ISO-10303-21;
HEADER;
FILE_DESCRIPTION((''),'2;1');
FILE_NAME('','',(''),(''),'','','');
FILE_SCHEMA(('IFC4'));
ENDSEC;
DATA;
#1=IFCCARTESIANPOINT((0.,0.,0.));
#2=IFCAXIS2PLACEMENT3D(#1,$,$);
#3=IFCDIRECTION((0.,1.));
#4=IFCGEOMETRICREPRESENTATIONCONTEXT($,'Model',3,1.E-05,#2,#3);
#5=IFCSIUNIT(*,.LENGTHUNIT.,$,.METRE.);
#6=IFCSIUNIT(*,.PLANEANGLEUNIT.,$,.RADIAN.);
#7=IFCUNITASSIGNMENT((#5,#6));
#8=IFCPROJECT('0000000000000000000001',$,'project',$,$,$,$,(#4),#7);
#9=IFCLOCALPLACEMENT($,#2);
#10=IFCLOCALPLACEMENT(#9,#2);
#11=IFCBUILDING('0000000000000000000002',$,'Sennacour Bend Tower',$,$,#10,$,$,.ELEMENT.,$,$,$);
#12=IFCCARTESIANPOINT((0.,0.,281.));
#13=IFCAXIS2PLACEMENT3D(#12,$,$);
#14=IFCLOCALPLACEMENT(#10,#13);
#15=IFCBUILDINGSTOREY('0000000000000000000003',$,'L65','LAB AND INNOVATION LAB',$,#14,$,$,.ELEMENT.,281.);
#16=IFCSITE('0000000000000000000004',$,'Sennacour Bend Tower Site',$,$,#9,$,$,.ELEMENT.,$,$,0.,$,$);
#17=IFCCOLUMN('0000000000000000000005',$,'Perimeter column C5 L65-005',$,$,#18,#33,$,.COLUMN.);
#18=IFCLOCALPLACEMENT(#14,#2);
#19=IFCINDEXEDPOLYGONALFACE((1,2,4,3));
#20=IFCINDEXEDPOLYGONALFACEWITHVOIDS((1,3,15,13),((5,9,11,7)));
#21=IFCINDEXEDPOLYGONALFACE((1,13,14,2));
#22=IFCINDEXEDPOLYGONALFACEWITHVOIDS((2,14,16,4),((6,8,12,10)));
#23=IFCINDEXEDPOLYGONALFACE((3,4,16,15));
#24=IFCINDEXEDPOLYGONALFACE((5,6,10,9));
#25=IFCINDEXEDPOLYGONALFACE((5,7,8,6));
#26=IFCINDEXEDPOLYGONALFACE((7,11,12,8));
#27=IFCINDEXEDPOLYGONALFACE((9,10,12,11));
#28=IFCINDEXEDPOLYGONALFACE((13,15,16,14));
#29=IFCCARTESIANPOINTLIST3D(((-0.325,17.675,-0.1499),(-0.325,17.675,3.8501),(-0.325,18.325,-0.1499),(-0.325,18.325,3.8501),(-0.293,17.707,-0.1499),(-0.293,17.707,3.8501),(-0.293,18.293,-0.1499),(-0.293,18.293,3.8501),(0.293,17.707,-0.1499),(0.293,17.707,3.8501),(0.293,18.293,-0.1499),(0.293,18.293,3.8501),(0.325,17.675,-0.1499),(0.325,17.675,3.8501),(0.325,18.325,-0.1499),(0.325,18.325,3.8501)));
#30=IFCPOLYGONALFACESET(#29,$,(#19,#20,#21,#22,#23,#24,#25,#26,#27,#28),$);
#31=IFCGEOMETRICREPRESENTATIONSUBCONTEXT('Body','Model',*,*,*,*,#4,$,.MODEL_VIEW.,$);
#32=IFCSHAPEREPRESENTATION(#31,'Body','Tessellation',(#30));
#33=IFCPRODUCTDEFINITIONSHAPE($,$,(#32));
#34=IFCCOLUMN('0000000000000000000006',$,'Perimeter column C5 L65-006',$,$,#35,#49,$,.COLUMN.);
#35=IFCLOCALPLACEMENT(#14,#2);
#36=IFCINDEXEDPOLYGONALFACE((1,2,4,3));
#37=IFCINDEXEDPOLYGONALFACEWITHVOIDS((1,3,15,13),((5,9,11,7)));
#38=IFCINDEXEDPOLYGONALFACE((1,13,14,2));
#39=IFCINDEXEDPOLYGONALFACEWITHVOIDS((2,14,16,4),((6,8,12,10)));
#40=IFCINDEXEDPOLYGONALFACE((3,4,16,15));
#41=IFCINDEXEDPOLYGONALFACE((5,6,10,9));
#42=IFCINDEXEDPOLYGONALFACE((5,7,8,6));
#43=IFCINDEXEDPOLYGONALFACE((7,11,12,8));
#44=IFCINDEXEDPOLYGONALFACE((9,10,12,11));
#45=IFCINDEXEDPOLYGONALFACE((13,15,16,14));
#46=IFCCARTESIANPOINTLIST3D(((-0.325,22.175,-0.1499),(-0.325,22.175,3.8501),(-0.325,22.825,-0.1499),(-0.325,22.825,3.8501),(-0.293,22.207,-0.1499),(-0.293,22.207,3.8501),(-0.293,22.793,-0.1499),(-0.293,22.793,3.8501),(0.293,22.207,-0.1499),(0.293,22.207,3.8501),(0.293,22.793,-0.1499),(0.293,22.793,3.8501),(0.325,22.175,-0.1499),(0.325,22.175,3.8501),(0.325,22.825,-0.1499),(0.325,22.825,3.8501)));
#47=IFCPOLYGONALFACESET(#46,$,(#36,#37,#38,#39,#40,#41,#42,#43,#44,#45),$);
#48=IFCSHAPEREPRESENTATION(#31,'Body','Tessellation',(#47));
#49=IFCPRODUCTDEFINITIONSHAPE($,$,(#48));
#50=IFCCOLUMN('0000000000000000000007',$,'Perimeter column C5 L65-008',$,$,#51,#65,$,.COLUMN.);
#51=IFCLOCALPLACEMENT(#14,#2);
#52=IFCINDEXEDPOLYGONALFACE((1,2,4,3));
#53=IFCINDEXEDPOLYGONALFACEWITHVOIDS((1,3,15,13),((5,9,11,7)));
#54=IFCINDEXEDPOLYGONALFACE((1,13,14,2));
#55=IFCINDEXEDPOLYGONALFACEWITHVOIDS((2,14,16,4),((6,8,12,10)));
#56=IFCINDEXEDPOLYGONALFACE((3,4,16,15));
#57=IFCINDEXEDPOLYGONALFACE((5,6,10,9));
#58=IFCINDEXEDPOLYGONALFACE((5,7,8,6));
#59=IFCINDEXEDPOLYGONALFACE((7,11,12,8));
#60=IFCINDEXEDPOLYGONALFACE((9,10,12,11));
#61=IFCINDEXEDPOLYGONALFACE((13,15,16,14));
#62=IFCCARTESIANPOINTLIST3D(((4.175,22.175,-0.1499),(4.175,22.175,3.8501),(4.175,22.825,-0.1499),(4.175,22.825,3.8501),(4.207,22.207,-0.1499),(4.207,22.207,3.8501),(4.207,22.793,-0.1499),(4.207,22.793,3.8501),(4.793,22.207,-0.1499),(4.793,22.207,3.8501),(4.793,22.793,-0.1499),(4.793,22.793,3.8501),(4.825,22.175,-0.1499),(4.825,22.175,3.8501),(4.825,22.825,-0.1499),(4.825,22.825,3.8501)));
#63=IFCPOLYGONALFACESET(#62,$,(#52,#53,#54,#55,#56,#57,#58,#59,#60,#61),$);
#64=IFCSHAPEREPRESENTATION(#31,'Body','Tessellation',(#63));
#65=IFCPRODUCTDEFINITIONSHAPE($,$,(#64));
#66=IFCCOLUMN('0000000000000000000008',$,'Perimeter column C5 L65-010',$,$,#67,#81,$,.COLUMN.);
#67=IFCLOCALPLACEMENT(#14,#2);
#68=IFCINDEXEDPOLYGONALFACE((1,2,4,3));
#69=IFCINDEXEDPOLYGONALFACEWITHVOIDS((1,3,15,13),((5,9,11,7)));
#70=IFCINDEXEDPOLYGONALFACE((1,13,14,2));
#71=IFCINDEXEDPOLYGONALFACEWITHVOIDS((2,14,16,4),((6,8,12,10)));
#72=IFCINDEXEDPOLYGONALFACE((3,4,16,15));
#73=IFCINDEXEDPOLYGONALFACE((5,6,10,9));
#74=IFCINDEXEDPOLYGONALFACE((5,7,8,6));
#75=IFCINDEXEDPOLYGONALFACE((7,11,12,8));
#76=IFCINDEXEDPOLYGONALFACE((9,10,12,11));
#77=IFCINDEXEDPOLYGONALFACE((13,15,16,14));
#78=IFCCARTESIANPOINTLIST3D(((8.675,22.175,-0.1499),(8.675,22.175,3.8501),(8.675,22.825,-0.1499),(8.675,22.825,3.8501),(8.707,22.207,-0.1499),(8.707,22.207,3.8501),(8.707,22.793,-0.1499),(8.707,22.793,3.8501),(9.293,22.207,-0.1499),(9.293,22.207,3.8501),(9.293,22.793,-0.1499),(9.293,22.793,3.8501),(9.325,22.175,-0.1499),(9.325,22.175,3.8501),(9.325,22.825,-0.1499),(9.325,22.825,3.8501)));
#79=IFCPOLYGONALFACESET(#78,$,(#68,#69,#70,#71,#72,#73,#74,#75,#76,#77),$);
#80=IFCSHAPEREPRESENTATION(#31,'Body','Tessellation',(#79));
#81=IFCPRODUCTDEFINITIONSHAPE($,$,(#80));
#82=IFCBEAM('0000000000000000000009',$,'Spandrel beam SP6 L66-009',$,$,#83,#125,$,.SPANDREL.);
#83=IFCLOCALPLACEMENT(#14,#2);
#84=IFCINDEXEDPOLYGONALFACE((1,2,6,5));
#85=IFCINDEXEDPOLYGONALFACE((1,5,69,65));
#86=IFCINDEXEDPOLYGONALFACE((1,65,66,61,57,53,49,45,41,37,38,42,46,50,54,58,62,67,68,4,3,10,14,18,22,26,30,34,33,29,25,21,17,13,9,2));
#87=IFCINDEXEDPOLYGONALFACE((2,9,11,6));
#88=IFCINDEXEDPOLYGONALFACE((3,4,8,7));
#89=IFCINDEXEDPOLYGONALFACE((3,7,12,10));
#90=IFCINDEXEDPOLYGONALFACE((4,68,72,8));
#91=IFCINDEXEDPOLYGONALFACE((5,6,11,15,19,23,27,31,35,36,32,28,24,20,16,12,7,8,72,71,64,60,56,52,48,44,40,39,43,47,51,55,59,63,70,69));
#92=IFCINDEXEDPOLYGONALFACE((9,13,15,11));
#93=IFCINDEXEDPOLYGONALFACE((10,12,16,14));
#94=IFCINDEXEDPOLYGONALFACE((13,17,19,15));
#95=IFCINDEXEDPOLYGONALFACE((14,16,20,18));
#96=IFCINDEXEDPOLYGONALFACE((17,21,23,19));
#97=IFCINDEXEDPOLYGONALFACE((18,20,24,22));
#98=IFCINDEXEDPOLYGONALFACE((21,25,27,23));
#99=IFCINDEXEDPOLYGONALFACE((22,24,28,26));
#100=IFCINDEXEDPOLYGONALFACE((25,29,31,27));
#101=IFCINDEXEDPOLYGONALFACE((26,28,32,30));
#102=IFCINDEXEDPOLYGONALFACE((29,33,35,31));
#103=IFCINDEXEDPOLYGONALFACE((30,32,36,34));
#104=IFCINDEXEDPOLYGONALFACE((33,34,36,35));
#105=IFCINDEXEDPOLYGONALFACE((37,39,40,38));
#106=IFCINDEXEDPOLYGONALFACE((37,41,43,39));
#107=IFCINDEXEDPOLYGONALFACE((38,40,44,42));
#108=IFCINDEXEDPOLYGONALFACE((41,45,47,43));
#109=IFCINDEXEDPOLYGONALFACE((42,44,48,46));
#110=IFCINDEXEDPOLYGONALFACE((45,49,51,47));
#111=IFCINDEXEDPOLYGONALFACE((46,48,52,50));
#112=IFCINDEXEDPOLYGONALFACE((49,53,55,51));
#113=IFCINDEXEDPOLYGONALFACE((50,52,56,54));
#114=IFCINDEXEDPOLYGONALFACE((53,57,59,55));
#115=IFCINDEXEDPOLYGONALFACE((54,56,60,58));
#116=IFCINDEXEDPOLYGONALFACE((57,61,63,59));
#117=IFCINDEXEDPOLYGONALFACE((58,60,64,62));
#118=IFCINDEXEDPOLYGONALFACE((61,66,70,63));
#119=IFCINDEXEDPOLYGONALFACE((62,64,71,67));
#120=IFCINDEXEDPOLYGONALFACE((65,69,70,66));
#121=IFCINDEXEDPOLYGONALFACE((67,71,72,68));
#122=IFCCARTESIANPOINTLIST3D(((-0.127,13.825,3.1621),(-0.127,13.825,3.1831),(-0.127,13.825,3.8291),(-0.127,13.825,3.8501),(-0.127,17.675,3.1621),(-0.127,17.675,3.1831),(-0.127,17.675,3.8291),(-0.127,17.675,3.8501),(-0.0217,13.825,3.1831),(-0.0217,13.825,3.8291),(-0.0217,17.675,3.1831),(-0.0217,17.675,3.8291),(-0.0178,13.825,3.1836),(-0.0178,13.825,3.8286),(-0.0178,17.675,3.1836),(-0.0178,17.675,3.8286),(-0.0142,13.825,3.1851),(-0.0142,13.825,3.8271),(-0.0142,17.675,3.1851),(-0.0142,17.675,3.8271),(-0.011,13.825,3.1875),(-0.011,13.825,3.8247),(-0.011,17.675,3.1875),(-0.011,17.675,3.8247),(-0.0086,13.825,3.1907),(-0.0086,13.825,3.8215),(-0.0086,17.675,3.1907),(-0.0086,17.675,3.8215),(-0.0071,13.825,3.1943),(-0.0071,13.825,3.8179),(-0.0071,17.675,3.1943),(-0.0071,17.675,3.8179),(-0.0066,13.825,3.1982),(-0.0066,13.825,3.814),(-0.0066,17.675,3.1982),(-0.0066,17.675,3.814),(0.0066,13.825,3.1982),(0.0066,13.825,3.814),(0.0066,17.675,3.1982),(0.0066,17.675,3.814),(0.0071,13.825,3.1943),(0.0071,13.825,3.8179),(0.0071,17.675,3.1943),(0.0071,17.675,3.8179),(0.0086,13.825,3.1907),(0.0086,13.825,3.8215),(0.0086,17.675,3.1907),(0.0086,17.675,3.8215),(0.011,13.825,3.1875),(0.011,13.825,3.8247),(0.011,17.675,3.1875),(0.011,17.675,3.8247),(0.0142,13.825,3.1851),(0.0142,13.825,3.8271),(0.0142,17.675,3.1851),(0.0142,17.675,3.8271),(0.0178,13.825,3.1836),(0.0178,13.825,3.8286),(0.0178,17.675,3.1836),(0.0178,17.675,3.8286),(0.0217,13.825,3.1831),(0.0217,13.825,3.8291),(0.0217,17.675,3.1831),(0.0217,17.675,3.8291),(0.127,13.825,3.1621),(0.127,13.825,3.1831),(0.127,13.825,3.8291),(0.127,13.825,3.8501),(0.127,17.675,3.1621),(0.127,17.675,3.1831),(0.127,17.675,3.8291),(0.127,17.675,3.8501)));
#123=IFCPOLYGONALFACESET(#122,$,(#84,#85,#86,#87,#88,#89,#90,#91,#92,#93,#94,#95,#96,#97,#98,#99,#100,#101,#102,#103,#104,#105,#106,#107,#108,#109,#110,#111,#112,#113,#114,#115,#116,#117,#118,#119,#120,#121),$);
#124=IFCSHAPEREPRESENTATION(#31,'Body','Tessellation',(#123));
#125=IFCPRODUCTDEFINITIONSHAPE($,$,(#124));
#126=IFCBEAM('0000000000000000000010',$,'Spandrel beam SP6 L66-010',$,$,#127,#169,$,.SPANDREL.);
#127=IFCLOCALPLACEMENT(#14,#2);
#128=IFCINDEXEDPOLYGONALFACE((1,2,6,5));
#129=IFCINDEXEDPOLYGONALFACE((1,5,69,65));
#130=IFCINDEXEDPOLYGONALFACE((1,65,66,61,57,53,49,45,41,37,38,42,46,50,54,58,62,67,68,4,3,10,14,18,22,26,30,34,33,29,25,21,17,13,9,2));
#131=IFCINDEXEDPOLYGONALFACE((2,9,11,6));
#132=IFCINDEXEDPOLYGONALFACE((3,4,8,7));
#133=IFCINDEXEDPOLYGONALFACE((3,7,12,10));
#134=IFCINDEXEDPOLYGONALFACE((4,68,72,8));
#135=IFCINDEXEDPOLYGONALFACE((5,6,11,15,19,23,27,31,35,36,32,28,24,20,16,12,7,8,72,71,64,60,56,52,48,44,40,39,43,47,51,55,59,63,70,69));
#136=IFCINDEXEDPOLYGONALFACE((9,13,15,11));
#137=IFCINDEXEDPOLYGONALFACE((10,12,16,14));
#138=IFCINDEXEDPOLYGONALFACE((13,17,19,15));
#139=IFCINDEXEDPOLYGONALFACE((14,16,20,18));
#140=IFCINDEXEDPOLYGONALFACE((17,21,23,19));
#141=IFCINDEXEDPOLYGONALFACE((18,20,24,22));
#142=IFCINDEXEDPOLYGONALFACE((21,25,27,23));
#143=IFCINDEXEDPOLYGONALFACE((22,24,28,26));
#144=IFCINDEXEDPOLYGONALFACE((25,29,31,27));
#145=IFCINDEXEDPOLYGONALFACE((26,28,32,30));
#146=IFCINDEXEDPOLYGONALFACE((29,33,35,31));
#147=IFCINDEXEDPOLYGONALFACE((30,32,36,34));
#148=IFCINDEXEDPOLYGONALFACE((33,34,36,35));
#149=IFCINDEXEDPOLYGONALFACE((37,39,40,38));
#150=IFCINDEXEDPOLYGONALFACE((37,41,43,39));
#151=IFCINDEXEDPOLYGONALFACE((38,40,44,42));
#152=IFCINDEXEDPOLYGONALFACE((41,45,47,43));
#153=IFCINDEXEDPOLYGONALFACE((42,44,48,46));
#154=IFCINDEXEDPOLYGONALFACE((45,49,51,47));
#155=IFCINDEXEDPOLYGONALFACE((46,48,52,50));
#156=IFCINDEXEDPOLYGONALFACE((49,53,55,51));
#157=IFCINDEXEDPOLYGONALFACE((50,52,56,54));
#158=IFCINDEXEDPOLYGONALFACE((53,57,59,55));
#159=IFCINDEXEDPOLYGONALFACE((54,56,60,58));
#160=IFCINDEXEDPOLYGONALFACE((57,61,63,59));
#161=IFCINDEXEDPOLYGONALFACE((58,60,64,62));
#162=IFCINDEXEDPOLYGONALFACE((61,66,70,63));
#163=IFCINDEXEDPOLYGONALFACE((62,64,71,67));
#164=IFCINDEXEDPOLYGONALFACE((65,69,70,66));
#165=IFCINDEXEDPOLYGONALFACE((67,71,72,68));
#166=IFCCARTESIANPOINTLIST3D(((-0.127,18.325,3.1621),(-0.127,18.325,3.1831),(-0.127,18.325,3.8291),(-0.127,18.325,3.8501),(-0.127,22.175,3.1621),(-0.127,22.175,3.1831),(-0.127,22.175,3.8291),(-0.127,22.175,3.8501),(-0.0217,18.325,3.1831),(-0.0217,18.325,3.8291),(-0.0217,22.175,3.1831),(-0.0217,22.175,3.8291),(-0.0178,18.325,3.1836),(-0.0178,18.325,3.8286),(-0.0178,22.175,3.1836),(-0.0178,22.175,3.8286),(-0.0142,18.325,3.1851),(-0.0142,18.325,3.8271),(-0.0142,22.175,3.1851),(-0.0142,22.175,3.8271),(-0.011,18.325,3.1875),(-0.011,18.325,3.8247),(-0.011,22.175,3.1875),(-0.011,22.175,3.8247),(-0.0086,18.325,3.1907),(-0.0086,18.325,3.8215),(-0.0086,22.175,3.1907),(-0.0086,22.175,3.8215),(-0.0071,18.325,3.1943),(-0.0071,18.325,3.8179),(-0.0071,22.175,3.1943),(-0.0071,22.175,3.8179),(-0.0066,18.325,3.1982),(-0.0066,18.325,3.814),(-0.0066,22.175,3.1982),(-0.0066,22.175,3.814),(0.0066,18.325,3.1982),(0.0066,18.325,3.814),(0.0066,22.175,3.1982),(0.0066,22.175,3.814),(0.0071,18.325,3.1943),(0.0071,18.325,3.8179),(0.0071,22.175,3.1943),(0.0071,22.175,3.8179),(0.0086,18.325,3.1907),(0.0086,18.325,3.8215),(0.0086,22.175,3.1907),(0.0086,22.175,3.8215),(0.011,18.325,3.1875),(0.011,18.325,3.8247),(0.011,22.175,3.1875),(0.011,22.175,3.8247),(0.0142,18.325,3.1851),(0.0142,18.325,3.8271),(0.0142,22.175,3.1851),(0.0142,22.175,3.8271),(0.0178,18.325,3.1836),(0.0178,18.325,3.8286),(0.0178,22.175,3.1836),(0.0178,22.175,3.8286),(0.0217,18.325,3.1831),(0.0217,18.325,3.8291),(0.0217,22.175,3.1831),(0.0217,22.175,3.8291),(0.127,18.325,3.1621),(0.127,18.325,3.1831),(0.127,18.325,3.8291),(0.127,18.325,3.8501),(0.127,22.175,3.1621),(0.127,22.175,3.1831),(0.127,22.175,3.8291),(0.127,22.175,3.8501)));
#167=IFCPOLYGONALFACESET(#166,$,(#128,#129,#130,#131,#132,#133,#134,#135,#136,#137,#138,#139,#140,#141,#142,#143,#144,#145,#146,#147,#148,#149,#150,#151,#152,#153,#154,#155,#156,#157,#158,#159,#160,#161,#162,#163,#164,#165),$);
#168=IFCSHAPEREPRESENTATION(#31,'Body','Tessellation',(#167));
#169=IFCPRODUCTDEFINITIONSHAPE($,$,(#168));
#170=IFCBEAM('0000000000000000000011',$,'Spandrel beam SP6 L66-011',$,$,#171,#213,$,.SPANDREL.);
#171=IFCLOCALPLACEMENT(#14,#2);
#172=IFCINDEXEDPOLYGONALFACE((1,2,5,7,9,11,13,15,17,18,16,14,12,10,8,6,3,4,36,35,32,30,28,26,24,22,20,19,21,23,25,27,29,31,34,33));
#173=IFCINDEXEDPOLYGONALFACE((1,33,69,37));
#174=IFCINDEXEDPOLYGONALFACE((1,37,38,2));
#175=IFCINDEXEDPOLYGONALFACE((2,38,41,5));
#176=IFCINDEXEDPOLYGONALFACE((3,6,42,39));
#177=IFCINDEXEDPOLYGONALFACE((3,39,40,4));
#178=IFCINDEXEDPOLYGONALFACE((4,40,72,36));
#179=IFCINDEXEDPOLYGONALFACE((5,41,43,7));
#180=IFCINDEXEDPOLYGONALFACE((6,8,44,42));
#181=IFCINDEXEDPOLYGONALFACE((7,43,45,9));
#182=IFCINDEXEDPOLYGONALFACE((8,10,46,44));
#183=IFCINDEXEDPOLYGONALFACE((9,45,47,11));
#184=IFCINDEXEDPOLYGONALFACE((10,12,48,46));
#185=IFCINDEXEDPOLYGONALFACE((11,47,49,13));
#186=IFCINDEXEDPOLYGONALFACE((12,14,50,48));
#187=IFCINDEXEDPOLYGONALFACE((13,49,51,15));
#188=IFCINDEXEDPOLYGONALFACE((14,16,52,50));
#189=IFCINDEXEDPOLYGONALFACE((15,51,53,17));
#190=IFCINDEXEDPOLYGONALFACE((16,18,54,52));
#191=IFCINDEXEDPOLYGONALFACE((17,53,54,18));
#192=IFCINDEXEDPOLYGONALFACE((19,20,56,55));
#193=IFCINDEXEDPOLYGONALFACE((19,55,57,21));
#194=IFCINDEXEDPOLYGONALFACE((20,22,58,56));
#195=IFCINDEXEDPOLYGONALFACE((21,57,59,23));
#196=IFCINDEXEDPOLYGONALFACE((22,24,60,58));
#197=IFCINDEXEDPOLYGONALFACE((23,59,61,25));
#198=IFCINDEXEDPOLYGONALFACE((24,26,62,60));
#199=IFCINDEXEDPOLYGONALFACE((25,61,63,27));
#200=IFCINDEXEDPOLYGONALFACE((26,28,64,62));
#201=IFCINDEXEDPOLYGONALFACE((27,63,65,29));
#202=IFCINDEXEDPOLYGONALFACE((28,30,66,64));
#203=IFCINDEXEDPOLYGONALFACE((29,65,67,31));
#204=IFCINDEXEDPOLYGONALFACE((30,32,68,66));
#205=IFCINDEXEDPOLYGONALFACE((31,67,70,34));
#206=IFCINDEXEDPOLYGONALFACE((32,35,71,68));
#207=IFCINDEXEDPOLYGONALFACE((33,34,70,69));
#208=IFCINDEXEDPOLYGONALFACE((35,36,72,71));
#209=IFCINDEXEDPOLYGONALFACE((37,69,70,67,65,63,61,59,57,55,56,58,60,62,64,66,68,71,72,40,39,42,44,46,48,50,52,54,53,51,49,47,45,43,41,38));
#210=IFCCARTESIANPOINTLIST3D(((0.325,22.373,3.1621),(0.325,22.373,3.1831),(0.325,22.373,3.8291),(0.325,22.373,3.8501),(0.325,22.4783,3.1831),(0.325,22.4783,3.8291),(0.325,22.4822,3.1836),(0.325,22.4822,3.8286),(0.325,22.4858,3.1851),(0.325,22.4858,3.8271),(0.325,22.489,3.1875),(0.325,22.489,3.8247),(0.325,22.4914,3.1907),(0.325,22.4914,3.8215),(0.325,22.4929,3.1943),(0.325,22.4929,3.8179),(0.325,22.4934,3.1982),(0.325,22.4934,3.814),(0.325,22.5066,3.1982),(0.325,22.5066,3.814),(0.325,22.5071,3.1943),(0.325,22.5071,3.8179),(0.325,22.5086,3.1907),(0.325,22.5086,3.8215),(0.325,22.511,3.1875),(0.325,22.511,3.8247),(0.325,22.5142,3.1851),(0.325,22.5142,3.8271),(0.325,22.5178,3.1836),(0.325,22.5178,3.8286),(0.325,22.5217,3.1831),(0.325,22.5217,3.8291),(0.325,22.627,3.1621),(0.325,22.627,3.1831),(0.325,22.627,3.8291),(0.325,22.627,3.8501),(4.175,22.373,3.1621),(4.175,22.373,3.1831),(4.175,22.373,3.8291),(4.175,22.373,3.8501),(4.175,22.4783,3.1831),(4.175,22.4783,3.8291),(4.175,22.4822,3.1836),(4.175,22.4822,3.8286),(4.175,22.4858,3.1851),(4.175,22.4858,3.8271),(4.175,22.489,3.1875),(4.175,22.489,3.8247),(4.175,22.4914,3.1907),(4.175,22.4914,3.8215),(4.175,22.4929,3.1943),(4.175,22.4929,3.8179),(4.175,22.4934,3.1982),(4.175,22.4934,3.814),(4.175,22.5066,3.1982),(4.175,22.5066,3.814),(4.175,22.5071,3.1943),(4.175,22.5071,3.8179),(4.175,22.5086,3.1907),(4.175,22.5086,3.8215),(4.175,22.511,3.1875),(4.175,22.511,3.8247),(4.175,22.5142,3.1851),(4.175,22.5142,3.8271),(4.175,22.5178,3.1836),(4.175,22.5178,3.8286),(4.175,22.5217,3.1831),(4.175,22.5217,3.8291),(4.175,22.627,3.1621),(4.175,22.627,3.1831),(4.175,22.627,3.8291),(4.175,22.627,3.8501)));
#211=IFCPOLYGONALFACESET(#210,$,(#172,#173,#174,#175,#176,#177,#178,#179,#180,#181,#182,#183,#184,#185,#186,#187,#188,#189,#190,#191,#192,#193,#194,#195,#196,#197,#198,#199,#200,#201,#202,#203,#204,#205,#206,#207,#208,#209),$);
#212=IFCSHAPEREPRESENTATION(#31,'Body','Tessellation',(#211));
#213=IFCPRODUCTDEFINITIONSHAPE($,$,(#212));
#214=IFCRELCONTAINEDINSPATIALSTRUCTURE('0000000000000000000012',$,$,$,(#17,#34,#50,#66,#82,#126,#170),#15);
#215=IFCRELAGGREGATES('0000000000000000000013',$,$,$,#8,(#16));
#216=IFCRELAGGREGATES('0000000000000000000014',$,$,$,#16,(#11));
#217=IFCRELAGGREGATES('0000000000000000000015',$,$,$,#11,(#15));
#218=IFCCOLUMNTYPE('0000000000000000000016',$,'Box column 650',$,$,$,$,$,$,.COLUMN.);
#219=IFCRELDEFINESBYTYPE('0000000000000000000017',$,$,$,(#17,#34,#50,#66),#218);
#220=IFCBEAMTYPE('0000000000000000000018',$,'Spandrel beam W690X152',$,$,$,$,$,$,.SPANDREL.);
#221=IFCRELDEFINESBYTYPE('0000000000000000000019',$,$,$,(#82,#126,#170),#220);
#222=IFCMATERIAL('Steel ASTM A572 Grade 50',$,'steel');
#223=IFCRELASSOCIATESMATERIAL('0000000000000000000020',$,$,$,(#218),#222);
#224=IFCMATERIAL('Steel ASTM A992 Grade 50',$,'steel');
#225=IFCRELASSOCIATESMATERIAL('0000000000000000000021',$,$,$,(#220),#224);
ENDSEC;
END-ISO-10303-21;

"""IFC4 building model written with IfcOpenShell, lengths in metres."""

from ifc_helpers import new_model, si_unit, direction, frame, origin, origin_2d, place, context, subcontext, project, spatial, hollow_rectangle, i_section, extrude, material, material_profile, profile_set, type_object, element, save


model = new_model("IFC4")

# Units and contexts
model_context = context("Model", 3, precision=1e-05, world=origin(), true_north=direction((0.0, 1.0)))
body_context = subcontext(model_context, "Body", "Model", "MODEL_VIEW")
ifc_project = project(units=[si_unit("LENGTHUNIT", "METRE"), si_unit("PLANEANGLEUNIT", "RADIAN")], contexts=[model_context])

# Site, building, storey
site_placement = place(None, origin())
site = spatial("IfcSite", under=ifc_project, at=site_placement, Name="Sennacour Bend Tower Site", CompositionType="ELEMENT", RefElevation=0.0)
building_placement = place(site_placement, origin())
building = spatial("IfcBuilding", under=site, at=building_placement, Name="Sennacour Bend Tower", CompositionType="ELEMENT")
storey_placement = place(building_placement, frame((0.0, 0.0, 281.0)))
storey = spatial("IfcBuildingStorey", under=building, at=storey_placement, Name="L65", Description="LAB AND INNOVATION LAB", CompositionType="ELEMENT", Elevation=281.0)

# Columns
ifc_material_1 = material(Name="Steel ASTM A572 Grade 50", Category="steel")
ifc_material_profile_1 = material_profile(ifc_material_1, hollow_rectangle(XDim=0.6499, YDim=0.6499, WallThickness=0.032, at=origin_2d()), Name="Steel ASTM A572 Grade 50", Category="steel")
ifc_profile_set_1 = profile_set([ifc_material_profile_1], Name="Steel ASTM A572 Grade 50")
column_type = type_object("IfcColumnType", Name="Box column 650", PredefinedType="COLUMN", material=ifc_profile_set_1)
for number, where, z_axis, x_axis, name in (
    (1, (0.0, 18.0, -0.1499), (0.0, 0.0, 1.0), (1.0, 0.0, 0.0), "Perimeter column C5 L65-005"),
    (2, (0.0, 22.5, -0.1499), (0.0, 0.0, 1.0), (1.0, 0.0, 0.0), "Perimeter column C5 L65-006"),
    (3, (4.5, 22.5, -0.1499), (0.0, 0.0, 1.0), (1.0, 0.0, 0.0), "Perimeter column C5 L65-008"),
    (4, (9.0, 22.5, -0.1499), (0.0, 0.0, 1.0), (1.0, 0.0, 0.0), "Perimeter column C5 L65-010"),
):
    element("IfcColumn", number, at=place(storey_placement, frame(where, z_axis=z_axis, x_axis=x_axis)), inside=storey, type_object=column_type, Name=name, PredefinedType="COLUMN", context=body_context, shape_type="SweptSolid", body=[
        extrude(hollow_rectangle(XDim=0.6499, YDim=0.6499, WallThickness=0.032, at=origin_2d()), origin(), (0.0, 0.0, 1.0), 4.0),
    ])

# Beams
ifc_material_2 = material(Name="Steel ASTM A992 Grade 50", Category="steel")
ifc_material_profile_2 = material_profile(ifc_material_2, i_section(OverallWidth=0.2539, OverallDepth=0.688, WebThickness=0.0132, FlangeThickness=0.021, FilletRadius=0.0151, at=origin_2d()), Name="Steel ASTM A992 Grade 50", Category="steel")
ifc_profile_set_2 = profile_set([ifc_material_profile_2], Name="Steel ASTM A992 Grade 50")
beam_type = type_object("IfcBeamType", Name="Spandrel beam W690X152", PredefinedType="SPANDREL", material=ifc_profile_set_2)
for number, where, z_axis, x_axis, name in (
    (5, (0.0, 13.825, 3.5061), (0.0, 1.0, 0.0), (-1.0, 0.0, 0.0), "Spandrel beam SP6 L66-009"),
    (6, (0.0, 18.325, 3.5061), (0.0, 1.0, 0.0), (-1.0, 0.0, 0.0), "Spandrel beam SP6 L66-010"),
    (7, (0.325, 22.5, 3.5061), (1.0, 0.0, 0.0), (0.0, 1.0, 0.0), "Spandrel beam SP6 L66-011"),
):
    element("IfcBeam", number, at=place(storey_placement, frame(where, z_axis=z_axis, x_axis=x_axis)), inside=storey, type_object=beam_type, Name=name, PredefinedType="SPANDREL", context=body_context, shape_type="SweptSolid", body=[
        extrude(i_section(OverallWidth=0.2539, OverallDepth=0.688, WebThickness=0.0132, FlangeThickness=0.021, FilletRadius=0.0151, at=origin_2d()), origin(), (0.0, 0.0, 1.0), 3.8501),
    ])

save(model, "model.ifc")
